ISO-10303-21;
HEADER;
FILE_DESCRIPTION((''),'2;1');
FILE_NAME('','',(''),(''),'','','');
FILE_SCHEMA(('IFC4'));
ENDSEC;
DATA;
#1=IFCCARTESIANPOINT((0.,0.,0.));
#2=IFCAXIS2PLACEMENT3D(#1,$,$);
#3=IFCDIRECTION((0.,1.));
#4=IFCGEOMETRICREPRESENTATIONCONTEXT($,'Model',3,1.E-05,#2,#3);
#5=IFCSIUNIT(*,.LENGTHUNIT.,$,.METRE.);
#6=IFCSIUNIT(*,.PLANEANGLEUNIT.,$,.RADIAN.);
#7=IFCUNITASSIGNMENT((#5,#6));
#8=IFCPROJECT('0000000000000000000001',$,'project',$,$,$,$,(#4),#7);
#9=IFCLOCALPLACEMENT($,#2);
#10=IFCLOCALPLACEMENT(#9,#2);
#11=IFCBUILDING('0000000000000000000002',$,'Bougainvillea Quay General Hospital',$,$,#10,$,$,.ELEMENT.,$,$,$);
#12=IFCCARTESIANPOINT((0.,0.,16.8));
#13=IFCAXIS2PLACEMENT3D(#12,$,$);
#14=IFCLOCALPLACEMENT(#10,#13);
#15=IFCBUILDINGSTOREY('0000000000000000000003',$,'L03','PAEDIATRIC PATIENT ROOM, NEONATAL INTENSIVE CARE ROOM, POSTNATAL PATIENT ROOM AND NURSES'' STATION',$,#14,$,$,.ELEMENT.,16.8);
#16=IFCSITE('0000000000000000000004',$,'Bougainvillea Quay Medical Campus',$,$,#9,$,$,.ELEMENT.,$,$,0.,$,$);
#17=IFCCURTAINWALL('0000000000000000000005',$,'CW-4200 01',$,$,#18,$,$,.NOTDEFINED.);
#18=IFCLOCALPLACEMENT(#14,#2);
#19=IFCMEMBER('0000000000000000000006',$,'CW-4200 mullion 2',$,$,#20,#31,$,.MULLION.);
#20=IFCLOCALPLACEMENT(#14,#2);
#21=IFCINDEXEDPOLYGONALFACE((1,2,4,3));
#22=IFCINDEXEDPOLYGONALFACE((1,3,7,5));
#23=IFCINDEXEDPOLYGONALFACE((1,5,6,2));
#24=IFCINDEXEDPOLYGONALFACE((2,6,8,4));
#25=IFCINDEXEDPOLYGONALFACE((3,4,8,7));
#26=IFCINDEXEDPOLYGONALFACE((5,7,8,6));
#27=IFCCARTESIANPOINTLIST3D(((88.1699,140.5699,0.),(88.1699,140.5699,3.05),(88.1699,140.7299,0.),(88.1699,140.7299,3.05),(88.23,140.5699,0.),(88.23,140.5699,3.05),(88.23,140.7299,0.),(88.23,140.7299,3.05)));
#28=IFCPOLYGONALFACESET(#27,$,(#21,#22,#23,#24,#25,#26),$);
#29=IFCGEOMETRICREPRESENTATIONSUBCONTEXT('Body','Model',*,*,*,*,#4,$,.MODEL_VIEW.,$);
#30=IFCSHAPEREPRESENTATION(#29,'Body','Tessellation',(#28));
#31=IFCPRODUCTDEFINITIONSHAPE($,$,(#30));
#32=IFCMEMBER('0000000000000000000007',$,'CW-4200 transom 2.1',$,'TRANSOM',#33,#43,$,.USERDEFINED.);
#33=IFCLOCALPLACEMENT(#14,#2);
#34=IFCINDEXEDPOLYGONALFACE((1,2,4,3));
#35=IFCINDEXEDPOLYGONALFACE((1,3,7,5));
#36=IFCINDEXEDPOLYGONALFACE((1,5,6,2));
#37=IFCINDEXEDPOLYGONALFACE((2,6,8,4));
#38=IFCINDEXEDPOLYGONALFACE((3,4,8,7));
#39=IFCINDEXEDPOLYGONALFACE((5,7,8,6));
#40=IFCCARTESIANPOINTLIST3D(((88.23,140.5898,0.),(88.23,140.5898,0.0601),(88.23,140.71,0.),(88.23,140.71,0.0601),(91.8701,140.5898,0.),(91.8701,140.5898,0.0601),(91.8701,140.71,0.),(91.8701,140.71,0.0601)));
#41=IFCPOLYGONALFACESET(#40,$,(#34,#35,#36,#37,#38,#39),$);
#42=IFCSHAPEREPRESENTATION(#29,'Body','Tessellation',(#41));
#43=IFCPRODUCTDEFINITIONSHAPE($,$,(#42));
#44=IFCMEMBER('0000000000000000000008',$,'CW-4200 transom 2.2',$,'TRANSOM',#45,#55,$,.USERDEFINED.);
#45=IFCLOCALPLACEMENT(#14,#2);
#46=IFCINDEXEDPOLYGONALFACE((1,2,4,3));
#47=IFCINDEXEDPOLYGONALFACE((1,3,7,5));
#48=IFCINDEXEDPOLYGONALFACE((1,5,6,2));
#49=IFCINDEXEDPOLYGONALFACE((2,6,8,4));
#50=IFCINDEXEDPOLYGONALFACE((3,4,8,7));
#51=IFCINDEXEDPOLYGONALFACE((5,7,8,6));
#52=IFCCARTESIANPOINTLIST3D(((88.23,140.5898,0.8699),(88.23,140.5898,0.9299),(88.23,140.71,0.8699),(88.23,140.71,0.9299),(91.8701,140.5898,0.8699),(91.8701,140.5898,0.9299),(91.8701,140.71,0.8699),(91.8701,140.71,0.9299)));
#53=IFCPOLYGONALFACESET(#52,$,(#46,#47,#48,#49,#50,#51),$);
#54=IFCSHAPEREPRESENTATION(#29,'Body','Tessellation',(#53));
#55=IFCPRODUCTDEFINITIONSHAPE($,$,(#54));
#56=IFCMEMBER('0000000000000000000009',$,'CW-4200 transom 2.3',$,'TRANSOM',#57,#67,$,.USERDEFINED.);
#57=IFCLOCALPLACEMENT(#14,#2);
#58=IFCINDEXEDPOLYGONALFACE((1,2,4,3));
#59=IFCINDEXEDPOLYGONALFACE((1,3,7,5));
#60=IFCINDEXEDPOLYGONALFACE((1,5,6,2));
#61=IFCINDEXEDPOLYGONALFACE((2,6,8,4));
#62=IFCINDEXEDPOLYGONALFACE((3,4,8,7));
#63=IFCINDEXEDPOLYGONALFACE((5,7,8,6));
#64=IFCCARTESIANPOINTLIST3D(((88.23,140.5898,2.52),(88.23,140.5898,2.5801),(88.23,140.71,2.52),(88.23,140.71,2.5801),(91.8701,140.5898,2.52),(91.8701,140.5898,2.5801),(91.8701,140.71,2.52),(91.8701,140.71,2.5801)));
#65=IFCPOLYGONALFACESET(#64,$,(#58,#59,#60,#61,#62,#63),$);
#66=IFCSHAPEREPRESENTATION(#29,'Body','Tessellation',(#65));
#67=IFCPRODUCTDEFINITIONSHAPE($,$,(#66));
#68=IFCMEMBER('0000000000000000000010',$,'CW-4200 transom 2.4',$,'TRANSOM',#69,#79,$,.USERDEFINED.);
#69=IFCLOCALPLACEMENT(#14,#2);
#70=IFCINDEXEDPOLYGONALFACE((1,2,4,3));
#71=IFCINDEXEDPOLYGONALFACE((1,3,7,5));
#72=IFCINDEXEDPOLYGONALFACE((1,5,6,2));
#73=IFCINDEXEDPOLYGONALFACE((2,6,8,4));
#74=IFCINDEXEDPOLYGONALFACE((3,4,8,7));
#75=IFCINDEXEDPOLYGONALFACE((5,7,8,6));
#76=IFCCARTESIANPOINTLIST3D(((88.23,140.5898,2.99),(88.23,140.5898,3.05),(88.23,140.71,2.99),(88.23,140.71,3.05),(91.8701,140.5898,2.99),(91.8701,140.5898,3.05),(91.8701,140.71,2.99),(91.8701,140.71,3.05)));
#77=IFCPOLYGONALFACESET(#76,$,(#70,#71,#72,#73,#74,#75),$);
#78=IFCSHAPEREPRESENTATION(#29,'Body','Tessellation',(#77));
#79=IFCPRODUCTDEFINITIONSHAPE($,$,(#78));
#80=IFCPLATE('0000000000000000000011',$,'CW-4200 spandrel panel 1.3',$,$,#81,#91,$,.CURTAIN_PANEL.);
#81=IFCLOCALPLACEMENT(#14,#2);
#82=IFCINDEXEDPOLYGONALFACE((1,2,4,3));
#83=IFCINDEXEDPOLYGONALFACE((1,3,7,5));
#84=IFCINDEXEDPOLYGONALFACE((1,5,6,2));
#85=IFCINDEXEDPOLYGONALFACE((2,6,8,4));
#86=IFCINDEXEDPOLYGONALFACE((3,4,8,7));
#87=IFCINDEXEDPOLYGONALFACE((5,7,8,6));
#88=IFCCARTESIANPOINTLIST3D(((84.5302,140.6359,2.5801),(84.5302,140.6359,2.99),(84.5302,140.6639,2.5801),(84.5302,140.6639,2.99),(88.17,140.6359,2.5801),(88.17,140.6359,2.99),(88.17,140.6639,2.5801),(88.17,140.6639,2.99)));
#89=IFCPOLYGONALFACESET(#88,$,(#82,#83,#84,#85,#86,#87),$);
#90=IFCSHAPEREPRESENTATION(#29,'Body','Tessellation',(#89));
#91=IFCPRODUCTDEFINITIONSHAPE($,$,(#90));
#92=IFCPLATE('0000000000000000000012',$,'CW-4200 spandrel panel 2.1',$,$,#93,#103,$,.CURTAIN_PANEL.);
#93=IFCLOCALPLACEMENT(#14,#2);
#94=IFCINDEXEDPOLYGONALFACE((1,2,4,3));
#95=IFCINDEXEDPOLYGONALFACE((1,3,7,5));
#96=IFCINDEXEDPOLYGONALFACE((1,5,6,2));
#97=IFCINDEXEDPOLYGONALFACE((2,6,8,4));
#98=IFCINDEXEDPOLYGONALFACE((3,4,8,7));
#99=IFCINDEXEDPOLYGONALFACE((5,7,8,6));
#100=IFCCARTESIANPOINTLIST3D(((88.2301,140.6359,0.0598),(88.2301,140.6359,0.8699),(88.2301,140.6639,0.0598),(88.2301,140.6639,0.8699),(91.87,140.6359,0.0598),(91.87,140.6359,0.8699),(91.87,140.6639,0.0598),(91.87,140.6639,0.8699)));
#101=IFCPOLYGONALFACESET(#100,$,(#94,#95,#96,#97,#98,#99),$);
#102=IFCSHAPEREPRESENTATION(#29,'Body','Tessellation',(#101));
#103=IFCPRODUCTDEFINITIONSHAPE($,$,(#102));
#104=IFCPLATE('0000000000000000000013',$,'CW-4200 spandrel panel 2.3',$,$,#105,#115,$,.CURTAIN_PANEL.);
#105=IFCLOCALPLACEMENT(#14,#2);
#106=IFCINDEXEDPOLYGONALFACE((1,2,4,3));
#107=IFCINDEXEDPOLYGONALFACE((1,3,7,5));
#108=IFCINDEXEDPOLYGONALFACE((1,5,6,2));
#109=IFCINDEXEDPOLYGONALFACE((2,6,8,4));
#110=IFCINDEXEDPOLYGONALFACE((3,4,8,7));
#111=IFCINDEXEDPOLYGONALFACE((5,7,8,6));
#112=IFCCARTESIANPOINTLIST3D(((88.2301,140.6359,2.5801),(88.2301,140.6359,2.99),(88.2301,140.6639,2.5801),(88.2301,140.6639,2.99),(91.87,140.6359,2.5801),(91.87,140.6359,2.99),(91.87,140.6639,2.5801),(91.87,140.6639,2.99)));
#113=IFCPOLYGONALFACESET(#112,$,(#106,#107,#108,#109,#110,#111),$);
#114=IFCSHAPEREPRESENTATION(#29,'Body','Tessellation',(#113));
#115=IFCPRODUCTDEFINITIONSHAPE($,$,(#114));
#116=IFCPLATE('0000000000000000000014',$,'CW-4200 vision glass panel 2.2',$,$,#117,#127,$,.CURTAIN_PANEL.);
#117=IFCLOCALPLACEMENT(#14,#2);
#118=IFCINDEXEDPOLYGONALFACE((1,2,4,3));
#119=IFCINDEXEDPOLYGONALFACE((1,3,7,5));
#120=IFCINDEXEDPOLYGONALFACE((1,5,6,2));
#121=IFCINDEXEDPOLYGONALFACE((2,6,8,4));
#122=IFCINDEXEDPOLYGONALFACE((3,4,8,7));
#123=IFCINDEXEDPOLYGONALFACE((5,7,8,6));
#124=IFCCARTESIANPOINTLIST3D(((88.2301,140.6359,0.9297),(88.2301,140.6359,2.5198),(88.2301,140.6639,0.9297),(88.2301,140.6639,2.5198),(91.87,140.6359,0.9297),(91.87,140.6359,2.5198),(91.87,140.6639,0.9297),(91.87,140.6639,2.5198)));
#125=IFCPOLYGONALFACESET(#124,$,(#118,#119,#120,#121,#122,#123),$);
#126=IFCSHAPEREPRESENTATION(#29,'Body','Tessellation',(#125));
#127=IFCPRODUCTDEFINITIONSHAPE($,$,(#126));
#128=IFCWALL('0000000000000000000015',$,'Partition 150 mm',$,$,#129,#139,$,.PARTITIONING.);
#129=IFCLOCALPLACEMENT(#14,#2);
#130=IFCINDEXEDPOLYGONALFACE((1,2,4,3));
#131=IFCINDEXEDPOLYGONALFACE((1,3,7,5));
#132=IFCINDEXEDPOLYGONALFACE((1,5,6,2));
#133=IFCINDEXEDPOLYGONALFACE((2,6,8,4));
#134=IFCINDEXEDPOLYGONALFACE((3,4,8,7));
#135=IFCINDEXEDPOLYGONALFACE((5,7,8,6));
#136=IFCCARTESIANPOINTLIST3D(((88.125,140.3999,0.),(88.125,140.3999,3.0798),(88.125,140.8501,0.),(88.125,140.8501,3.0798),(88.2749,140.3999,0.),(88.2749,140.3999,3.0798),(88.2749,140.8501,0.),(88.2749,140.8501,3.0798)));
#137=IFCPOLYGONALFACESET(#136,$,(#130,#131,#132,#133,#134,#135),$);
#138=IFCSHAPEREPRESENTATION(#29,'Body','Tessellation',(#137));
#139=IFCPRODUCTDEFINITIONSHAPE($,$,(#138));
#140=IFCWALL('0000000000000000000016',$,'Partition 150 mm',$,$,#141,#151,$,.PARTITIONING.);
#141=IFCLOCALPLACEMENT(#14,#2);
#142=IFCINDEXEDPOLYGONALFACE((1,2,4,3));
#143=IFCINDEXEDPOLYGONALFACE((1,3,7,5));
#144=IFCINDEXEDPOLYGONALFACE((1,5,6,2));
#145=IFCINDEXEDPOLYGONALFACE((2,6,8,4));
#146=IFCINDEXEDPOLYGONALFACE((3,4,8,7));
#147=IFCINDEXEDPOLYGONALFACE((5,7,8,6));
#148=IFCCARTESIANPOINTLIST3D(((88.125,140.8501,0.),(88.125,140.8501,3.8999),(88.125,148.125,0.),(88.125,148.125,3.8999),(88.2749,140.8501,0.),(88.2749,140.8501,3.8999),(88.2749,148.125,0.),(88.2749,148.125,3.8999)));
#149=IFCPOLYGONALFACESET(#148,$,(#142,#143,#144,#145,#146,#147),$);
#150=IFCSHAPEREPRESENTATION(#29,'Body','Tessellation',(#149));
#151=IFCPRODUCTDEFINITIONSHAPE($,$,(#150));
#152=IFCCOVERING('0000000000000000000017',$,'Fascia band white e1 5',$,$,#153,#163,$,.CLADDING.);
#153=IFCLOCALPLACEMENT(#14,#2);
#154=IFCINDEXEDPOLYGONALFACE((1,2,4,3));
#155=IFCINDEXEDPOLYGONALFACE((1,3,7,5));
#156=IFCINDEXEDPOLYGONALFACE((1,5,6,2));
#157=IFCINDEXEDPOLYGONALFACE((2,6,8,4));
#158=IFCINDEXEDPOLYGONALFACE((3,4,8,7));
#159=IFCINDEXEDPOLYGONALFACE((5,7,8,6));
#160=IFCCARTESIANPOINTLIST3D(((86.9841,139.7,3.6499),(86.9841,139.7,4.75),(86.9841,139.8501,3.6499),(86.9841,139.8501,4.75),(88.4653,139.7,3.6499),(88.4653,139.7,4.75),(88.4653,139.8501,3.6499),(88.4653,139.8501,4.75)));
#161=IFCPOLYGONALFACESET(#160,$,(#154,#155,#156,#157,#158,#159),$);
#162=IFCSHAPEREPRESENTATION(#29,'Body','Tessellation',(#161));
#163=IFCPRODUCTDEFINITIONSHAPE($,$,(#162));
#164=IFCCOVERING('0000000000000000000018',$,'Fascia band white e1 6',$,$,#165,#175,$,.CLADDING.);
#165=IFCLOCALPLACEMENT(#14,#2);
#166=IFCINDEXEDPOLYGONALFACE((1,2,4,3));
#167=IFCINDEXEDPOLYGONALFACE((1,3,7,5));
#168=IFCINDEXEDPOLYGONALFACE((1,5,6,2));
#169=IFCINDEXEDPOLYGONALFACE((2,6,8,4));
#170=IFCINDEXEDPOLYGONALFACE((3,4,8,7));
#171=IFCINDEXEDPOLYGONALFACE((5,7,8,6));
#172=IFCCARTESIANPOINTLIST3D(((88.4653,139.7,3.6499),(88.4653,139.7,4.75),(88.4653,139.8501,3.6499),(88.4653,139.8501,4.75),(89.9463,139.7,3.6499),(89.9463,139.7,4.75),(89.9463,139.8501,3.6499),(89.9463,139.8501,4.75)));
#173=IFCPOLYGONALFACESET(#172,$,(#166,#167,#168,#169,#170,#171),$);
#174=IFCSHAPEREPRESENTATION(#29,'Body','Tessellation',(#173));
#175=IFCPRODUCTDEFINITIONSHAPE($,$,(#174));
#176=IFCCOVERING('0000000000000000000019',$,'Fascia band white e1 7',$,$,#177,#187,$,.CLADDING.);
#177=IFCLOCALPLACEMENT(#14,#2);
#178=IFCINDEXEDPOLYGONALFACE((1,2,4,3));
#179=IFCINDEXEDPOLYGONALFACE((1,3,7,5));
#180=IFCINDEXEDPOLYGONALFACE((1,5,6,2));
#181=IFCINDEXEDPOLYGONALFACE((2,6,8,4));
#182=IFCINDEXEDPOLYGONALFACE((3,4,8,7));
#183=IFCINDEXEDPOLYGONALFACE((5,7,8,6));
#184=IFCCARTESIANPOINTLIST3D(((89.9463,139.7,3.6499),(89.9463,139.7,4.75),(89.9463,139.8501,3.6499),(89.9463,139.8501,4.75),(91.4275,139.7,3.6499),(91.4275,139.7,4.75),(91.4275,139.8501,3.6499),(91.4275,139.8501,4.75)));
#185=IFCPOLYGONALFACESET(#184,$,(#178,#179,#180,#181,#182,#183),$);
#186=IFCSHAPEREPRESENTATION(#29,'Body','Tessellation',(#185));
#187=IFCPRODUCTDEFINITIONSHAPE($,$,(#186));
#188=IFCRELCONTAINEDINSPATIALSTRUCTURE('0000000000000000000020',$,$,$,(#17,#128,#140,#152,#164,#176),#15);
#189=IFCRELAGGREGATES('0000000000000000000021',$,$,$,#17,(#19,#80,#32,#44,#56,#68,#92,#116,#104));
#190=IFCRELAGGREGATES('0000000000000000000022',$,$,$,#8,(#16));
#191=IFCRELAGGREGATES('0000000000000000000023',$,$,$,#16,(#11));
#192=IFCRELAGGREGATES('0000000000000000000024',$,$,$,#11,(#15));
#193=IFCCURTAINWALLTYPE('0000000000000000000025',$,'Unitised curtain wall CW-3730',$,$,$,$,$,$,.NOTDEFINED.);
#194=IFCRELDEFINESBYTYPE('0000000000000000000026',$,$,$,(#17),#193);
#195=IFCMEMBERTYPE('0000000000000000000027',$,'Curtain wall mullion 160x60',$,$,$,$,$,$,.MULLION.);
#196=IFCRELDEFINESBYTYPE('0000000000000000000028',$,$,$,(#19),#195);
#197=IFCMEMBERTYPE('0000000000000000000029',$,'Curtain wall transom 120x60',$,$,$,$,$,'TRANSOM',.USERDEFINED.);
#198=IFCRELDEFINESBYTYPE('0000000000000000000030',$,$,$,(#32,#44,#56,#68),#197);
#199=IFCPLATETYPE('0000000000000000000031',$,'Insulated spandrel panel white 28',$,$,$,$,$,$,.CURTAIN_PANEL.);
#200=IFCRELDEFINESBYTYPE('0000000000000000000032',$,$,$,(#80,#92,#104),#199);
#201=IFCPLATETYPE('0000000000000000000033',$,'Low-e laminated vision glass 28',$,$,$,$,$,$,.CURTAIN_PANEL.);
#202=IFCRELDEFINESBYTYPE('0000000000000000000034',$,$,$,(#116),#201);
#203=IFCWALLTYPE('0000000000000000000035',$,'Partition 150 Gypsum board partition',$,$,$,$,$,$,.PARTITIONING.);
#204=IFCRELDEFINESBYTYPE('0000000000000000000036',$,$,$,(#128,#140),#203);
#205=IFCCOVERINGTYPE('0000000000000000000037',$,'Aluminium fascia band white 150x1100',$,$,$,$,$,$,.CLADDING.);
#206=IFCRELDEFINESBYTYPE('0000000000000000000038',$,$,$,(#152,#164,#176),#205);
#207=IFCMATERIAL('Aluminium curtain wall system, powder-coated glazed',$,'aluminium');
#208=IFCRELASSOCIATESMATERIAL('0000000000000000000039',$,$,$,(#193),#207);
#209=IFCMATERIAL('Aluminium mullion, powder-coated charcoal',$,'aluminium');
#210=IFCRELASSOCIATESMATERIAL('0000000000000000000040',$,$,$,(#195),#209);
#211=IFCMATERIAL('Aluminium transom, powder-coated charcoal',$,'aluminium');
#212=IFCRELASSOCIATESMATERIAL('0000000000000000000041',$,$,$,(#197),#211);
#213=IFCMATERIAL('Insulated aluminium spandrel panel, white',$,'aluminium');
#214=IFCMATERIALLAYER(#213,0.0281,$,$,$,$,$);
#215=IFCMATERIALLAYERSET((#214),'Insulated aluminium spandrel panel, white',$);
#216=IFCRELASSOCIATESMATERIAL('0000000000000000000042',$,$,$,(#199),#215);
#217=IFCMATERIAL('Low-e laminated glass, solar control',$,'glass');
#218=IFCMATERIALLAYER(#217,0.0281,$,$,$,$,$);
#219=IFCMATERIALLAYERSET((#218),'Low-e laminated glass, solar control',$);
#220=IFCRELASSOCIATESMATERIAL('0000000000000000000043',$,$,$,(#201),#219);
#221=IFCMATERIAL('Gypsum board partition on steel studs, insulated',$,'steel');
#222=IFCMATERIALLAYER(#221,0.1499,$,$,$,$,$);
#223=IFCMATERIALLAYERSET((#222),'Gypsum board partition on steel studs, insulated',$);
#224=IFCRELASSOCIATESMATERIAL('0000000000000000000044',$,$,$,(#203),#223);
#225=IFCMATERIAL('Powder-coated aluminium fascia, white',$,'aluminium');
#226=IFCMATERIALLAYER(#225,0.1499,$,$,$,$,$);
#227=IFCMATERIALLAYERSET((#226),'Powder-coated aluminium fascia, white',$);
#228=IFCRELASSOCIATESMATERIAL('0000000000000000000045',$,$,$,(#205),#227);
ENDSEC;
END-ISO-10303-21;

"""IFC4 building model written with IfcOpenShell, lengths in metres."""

from ifc_helpers import new_model, si_unit, direction, frame, frame_2d, origin, origin_2d, place, context, subcontext, project, spatial, polyline, rectangle, outline, extrude, material, layer, layer_set, material_profile, profile_set, type_object, element, aggregate, save


model = new_model("IFC4")

# Units and contexts
model_context = context("Model", 3, precision=1e-05, world=origin(), true_north=direction((0.0, 1.0)))
body_context = subcontext(model_context, "Body", "Model", "MODEL_VIEW")
ifc_project = project(units=[si_unit("LENGTHUNIT", "METRE"), si_unit("PLANEANGLEUNIT", "RADIAN")], contexts=[model_context])

# Site, building, storey
site_placement = place(None, origin())
site = spatial("IfcSite", under=ifc_project, at=site_placement, Name="Bougainvillea Quay Medical Campus", CompositionType="ELEMENT", RefElevation=0.0)
building_placement = place(site_placement, origin())
building = spatial("IfcBuilding", under=site, at=building_placement, Name="Bougainvillea Quay General Hospital", CompositionType="ELEMENT")
storey_placement = place(building_placement, frame((0.0, 0.0, 16.8)))
storey = spatial("IfcBuildingStorey", under=building, at=storey_placement, Name="L03", Description="PAEDIATRIC PATIENT ROOM, NEONATAL INTENSIVE CARE ROOM, POSTNATAL PATIENT ROOM AND NURSES' STATION", CompositionType="ELEMENT", Elevation=16.8)

# Curtain wall, members, plates
ifc_material_1 = material(Name="Aluminium curtain wall system, powder-coated glazed", Category="aluminium")
curtain_wall_type = type_object("IfcCurtainWallType", Name="Unitised curtain wall CW-3730", PredefinedType="NOTDEFINED", material=ifc_material_1)
curtain_wall_placement = place(storey_placement, origin())
curtain_wall = element("IfcCurtainWall", 1, at=curtain_wall_placement, inside=storey, type_object=curtain_wall_type, Name="CW-4200 01", PredefinedType="NOTDEFINED")
ifc_material_2 = material(Name="Aluminium mullion, powder-coated charcoal", Category="aluminium")
ifc_material_profile_1 = material_profile(ifc_material_2, rectangle(XDim=0.1599, YDim=0.0601, at=origin_2d()))
ifc_profile_set_1 = profile_set([ifc_material_profile_1], Name="Aluminium mullion, powder-coated charcoal")
member_type_1 = type_object("IfcMemberType", Name="Curtain wall mullion 160x60", PredefinedType="MULLION", material=ifc_profile_set_1)
member_1_placement = place(storey_placement, frame((88.2, 140.6499, 0.0), z_axis=(0.0, 0.0, 1.0), x_axis=(0.0, 1.0, 0.0)))
member_1 = element("IfcMember", 2, at=member_1_placement, type_object=member_type_1, Name="CW-4200 mullion 2", PredefinedType="MULLION", context=body_context, shape_type="SweptSolid", body=[
    extrude(rectangle(XDim=0.1599, YDim=0.0601, at=origin_2d()), origin(), (0.0, 0.0, 1.0), 3.05),
])
ifc_material_3 = material(Name="Aluminium transom, powder-coated charcoal", Category="aluminium")
ifc_material_profile_2 = material_profile(ifc_material_3, rectangle(XDim=0.1201, YDim=0.0601, at=origin_2d()))
ifc_profile_set_2 = profile_set([ifc_material_profile_2], Name="Aluminium transom, powder-coated charcoal")
member_type_2 = type_object("IfcMemberType", Name="Curtain wall transom 120x60", ElementType="TRANSOM", PredefinedType="USERDEFINED", material=ifc_profile_set_2)
member_2_placement = place(storey_placement, frame((88.23, 140.6499, 0.03), z_axis=(1.0, 0.0, 0.0), x_axis=(0.0, 1.0, 0.0)))
member_2 = element("IfcMember", 3, at=member_2_placement, type_object=member_type_2, Name="CW-4200 transom 2.1", ObjectType="TRANSOM", PredefinedType="USERDEFINED", context=body_context, shape_type="SweptSolid", body=[
    extrude(rectangle(XDim=0.1201, YDim=0.0601, at=origin_2d()), origin(), (0.0, 0.0, 1.0), 3.6401),
])
member_3_placement = place(storey_placement, frame((88.23, 140.6499, 0.8999), z_axis=(1.0, 0.0, 0.0), x_axis=(0.0, 1.0, 0.0)))
member_3 = element("IfcMember", 4, at=member_3_placement, type_object=member_type_2, Name="CW-4200 transom 2.2", ObjectType="TRANSOM", PredefinedType="USERDEFINED", context=body_context, shape_type="SweptSolid", body=[
    extrude(rectangle(XDim=0.1201, YDim=0.0601, at=origin_2d()), origin(), (0.0, 0.0, 1.0), 3.6401),
])
member_4_placement = place(storey_placement, frame((88.23, 140.6499, 2.55), z_axis=(1.0, 0.0, 0.0), x_axis=(0.0, 1.0, 0.0)))
member_4 = element("IfcMember", 5, at=member_4_placement, type_object=member_type_2, Name="CW-4200 transom 2.3", ObjectType="TRANSOM", PredefinedType="USERDEFINED", context=body_context, shape_type="SweptSolid", body=[
    extrude(rectangle(XDim=0.1201, YDim=0.0601, at=origin_2d()), origin(), (0.0, 0.0, 1.0), 3.6401),
])
member_5_placement = place(storey_placement, frame((88.23, 140.6499, 3.02), z_axis=(1.0, 0.0, 0.0), x_axis=(0.0, 1.0, 0.0)))
member_5 = element("IfcMember", 6, at=member_5_placement, type_object=member_type_2, Name="CW-4200 transom 2.4", ObjectType="TRANSOM", PredefinedType="USERDEFINED", context=body_context, shape_type="SweptSolid", body=[
    extrude(rectangle(XDim=0.1201, YDim=0.0601, at=origin_2d()), origin(), (0.0, 0.0, 1.0), 3.6401),
])
ifc_material_4 = material(Name="Insulated aluminium spandrel panel, white", Category="aluminium")
ifc_layer_1 = layer(ifc_material_4, 0.0281)
ifc_layer_set_1 = layer_set([ifc_layer_1], Name="Insulated aluminium spandrel panel, white")
plate_type_1 = type_object("IfcPlateType", Name="Insulated spandrel panel white 28", PredefinedType="CURTAIN_PANEL", material=ifc_layer_set_1)
plate_1_placement = place(storey_placement, frame((86.3501, 140.6499, 2.5801), z_axis=(0.0, 0.0, 1.0), x_axis=(1.0, 0.0, 0.0)))
plate_1 = element("IfcPlate", 7, at=plate_1_placement, type_object=plate_type_1, Name="CW-4200 spandrel panel 1.3", PredefinedType="CURTAIN_PANEL", context=body_context, shape_type="SweptSolid", body=[
    extrude(rectangle(XDim=3.6399, YDim=0.0281, at=origin_2d()), origin(), (0.0, 0.0, 1.0), 0.4099),
])
plate_2_placement = place(storey_placement, frame((90.05, 140.6499, 0.0598), z_axis=(0.0, 0.0, 1.0), x_axis=(1.0, 0.0, 0.0)))
plate_2 = element("IfcPlate", 8, at=plate_2_placement, type_object=plate_type_1, Name="CW-4200 spandrel panel 2.1", PredefinedType="CURTAIN_PANEL", context=body_context, shape_type="SweptSolid", body=[
    extrude(rectangle(XDim=3.6399, YDim=0.0281, at=origin_2d()), origin(), (0.0, 0.0, 1.0), 0.8101),
])
plate_3_placement = place(storey_placement, frame((90.05, 140.6499, 2.5801), z_axis=(0.0, 0.0, 1.0), x_axis=(1.0, 0.0, 0.0)))
plate_3 = element("IfcPlate", 9, at=plate_3_placement, type_object=plate_type_1, Name="CW-4200 spandrel panel 2.3", PredefinedType="CURTAIN_PANEL", context=body_context, shape_type="SweptSolid", body=[
    extrude(rectangle(XDim=3.6399, YDim=0.0281, at=origin_2d()), origin(), (0.0, 0.0, 1.0), 0.4099),
])
ifc_material_5 = material(Name="Low-e laminated glass, solar control", Category="glass")
ifc_layer_2 = layer(ifc_material_5, 0.0281)
ifc_layer_set_2 = layer_set([ifc_layer_2], Name="Low-e laminated glass, solar control")
plate_type_2 = type_object("IfcPlateType", Name="Low-e laminated vision glass 28", PredefinedType="CURTAIN_PANEL", material=ifc_layer_set_2)
plate_4_placement = place(storey_placement, frame((90.05, 140.6499, 0.9297), z_axis=(0.0, 0.0, 1.0), x_axis=(1.0, 0.0, 0.0)))
plate_4 = element("IfcPlate", 10, at=plate_4_placement, type_object=plate_type_2, Name="CW-4200 vision glass panel 2.2", PredefinedType="CURTAIN_PANEL", context=body_context, shape_type="SweptSolid", body=[
    extrude(rectangle(XDim=3.6399, YDim=0.0281, at=origin_2d()), origin(), (0.0, 0.0, 1.0), 1.5901),
])
aggregate(curtain_wall, [member_1, plate_1, member_2, member_3, member_4, member_5, plate_2, plate_4, plate_3])

# Walls
ifc_material_6 = material(Name="Gypsum board partition on steel studs, insulated", Category="steel")
ifc_layer_3 = layer(ifc_material_6, 0.1499)
ifc_layer_set_3 = layer_set([ifc_layer_3], Name="Gypsum board partition on steel studs, insulated")
wall_type = type_object("IfcWallType", Name="Partition 150 Gypsum board partition", PredefinedType="PARTITIONING", material=ifc_layer_set_3)
wall_1_placement = place(storey_placement, frame((88.2, 140.3999, 0.0), z_axis=(0.0, 0.0, 1.0), x_axis=(0.0, 1.0, 0.0)))
element("IfcWall", 11, at=wall_1_placement, inside=storey, type_object=wall_type, Name="Partition 150 mm", PredefinedType="PARTITIONING", context=body_context, shape_type="SweptSolid", body=[
    extrude(rectangle(XDim=0.4502, YDim=0.1499, at=frame_2d((0.2251, 0.0))), origin(), (0.0, 0.0, 1.0), 3.0798),
])
wall_2_placement = place(storey_placement, frame((88.2, 140.8501, 0.0), z_axis=(0.0, 0.0, 1.0), x_axis=(0.0, 1.0, 0.0)))
element("IfcWall", 12, at=wall_2_placement, inside=storey, type_object=wall_type, Name="Partition 150 mm", PredefinedType="PARTITIONING", context=body_context, shape_type="SweptSolid", body=[
    extrude(rectangle(XDim=7.2749, YDim=0.1499, at=frame_2d((3.6375, 0.0))), origin(), (0.0, 0.0, 1.0), 3.8999),
])

# Coverings
ifc_material_7 = material(Name="Powder-coated aluminium fascia, white", Category="aluminium")
ifc_layer_4 = layer(ifc_material_7, 0.1499)
ifc_layer_set_4 = layer_set([ifc_layer_4], Name="Powder-coated aluminium fascia, white")
covering_type = type_object("IfcCoveringType", Name="Aluminium fascia band white 150x1100", PredefinedType="CLADDING", material=ifc_layer_set_4)
covering_1_placement = place(storey_placement, frame((86.9841, 139.8501, 3.6499), z_axis=(0.0, 0.0, 1.0), x_axis=(1.0, 0.0, 0.0)))
element("IfcCovering", 13, at=covering_1_placement, inside=storey, type_object=covering_type, Name="Fascia band white e1 5", PredefinedType="CLADDING", context=body_context, shape_type="SweptSolid", body=[
    extrude(outline(polyline([(0.0, 0.0), (1.4812, 0.0), (1.4812, -0.1501), (0.0, -0.1501), (0.0, 0.0)])), origin(), (0.0, 0.0, 1.0), 1.1001),
])
covering_2_placement = place(storey_placement, frame((88.4653, 139.8501, 3.6499), z_axis=(0.0, 0.0, 1.0), x_axis=(1.0, 0.0, 0.0)))
element("IfcCovering", 14, at=covering_2_placement, inside=storey, type_object=covering_type, Name="Fascia band white e1 6", PredefinedType="CLADDING", context=body_context, shape_type="SweptSolid", body=[
    extrude(outline(polyline([(0.0, 0.0), (1.481, 0.0), (1.481, -0.1501), (0.0, -0.1501), (0.0, 0.0)])), origin(), (0.0, 0.0, 1.0), 1.1001),
])
covering_3_placement = place(storey_placement, frame((89.9463, 139.8501, 3.6499), z_axis=(0.0, 0.0, 1.0), x_axis=(1.0, 0.0, 0.0)))
element("IfcCovering", 15, at=covering_3_placement, inside=storey, type_object=covering_type, Name="Fascia band white e1 7", PredefinedType="CLADDING", context=body_context, shape_type="SweptSolid", body=[
    extrude(outline(polyline([(0.0, 0.0), (1.4812, 0.0), (1.4812, -0.1501), (0.0, -0.1501), (0.0, 0.0)])), origin(), (0.0, 0.0, 1.0), 1.1001),
])

save(model, "model.ifc")
